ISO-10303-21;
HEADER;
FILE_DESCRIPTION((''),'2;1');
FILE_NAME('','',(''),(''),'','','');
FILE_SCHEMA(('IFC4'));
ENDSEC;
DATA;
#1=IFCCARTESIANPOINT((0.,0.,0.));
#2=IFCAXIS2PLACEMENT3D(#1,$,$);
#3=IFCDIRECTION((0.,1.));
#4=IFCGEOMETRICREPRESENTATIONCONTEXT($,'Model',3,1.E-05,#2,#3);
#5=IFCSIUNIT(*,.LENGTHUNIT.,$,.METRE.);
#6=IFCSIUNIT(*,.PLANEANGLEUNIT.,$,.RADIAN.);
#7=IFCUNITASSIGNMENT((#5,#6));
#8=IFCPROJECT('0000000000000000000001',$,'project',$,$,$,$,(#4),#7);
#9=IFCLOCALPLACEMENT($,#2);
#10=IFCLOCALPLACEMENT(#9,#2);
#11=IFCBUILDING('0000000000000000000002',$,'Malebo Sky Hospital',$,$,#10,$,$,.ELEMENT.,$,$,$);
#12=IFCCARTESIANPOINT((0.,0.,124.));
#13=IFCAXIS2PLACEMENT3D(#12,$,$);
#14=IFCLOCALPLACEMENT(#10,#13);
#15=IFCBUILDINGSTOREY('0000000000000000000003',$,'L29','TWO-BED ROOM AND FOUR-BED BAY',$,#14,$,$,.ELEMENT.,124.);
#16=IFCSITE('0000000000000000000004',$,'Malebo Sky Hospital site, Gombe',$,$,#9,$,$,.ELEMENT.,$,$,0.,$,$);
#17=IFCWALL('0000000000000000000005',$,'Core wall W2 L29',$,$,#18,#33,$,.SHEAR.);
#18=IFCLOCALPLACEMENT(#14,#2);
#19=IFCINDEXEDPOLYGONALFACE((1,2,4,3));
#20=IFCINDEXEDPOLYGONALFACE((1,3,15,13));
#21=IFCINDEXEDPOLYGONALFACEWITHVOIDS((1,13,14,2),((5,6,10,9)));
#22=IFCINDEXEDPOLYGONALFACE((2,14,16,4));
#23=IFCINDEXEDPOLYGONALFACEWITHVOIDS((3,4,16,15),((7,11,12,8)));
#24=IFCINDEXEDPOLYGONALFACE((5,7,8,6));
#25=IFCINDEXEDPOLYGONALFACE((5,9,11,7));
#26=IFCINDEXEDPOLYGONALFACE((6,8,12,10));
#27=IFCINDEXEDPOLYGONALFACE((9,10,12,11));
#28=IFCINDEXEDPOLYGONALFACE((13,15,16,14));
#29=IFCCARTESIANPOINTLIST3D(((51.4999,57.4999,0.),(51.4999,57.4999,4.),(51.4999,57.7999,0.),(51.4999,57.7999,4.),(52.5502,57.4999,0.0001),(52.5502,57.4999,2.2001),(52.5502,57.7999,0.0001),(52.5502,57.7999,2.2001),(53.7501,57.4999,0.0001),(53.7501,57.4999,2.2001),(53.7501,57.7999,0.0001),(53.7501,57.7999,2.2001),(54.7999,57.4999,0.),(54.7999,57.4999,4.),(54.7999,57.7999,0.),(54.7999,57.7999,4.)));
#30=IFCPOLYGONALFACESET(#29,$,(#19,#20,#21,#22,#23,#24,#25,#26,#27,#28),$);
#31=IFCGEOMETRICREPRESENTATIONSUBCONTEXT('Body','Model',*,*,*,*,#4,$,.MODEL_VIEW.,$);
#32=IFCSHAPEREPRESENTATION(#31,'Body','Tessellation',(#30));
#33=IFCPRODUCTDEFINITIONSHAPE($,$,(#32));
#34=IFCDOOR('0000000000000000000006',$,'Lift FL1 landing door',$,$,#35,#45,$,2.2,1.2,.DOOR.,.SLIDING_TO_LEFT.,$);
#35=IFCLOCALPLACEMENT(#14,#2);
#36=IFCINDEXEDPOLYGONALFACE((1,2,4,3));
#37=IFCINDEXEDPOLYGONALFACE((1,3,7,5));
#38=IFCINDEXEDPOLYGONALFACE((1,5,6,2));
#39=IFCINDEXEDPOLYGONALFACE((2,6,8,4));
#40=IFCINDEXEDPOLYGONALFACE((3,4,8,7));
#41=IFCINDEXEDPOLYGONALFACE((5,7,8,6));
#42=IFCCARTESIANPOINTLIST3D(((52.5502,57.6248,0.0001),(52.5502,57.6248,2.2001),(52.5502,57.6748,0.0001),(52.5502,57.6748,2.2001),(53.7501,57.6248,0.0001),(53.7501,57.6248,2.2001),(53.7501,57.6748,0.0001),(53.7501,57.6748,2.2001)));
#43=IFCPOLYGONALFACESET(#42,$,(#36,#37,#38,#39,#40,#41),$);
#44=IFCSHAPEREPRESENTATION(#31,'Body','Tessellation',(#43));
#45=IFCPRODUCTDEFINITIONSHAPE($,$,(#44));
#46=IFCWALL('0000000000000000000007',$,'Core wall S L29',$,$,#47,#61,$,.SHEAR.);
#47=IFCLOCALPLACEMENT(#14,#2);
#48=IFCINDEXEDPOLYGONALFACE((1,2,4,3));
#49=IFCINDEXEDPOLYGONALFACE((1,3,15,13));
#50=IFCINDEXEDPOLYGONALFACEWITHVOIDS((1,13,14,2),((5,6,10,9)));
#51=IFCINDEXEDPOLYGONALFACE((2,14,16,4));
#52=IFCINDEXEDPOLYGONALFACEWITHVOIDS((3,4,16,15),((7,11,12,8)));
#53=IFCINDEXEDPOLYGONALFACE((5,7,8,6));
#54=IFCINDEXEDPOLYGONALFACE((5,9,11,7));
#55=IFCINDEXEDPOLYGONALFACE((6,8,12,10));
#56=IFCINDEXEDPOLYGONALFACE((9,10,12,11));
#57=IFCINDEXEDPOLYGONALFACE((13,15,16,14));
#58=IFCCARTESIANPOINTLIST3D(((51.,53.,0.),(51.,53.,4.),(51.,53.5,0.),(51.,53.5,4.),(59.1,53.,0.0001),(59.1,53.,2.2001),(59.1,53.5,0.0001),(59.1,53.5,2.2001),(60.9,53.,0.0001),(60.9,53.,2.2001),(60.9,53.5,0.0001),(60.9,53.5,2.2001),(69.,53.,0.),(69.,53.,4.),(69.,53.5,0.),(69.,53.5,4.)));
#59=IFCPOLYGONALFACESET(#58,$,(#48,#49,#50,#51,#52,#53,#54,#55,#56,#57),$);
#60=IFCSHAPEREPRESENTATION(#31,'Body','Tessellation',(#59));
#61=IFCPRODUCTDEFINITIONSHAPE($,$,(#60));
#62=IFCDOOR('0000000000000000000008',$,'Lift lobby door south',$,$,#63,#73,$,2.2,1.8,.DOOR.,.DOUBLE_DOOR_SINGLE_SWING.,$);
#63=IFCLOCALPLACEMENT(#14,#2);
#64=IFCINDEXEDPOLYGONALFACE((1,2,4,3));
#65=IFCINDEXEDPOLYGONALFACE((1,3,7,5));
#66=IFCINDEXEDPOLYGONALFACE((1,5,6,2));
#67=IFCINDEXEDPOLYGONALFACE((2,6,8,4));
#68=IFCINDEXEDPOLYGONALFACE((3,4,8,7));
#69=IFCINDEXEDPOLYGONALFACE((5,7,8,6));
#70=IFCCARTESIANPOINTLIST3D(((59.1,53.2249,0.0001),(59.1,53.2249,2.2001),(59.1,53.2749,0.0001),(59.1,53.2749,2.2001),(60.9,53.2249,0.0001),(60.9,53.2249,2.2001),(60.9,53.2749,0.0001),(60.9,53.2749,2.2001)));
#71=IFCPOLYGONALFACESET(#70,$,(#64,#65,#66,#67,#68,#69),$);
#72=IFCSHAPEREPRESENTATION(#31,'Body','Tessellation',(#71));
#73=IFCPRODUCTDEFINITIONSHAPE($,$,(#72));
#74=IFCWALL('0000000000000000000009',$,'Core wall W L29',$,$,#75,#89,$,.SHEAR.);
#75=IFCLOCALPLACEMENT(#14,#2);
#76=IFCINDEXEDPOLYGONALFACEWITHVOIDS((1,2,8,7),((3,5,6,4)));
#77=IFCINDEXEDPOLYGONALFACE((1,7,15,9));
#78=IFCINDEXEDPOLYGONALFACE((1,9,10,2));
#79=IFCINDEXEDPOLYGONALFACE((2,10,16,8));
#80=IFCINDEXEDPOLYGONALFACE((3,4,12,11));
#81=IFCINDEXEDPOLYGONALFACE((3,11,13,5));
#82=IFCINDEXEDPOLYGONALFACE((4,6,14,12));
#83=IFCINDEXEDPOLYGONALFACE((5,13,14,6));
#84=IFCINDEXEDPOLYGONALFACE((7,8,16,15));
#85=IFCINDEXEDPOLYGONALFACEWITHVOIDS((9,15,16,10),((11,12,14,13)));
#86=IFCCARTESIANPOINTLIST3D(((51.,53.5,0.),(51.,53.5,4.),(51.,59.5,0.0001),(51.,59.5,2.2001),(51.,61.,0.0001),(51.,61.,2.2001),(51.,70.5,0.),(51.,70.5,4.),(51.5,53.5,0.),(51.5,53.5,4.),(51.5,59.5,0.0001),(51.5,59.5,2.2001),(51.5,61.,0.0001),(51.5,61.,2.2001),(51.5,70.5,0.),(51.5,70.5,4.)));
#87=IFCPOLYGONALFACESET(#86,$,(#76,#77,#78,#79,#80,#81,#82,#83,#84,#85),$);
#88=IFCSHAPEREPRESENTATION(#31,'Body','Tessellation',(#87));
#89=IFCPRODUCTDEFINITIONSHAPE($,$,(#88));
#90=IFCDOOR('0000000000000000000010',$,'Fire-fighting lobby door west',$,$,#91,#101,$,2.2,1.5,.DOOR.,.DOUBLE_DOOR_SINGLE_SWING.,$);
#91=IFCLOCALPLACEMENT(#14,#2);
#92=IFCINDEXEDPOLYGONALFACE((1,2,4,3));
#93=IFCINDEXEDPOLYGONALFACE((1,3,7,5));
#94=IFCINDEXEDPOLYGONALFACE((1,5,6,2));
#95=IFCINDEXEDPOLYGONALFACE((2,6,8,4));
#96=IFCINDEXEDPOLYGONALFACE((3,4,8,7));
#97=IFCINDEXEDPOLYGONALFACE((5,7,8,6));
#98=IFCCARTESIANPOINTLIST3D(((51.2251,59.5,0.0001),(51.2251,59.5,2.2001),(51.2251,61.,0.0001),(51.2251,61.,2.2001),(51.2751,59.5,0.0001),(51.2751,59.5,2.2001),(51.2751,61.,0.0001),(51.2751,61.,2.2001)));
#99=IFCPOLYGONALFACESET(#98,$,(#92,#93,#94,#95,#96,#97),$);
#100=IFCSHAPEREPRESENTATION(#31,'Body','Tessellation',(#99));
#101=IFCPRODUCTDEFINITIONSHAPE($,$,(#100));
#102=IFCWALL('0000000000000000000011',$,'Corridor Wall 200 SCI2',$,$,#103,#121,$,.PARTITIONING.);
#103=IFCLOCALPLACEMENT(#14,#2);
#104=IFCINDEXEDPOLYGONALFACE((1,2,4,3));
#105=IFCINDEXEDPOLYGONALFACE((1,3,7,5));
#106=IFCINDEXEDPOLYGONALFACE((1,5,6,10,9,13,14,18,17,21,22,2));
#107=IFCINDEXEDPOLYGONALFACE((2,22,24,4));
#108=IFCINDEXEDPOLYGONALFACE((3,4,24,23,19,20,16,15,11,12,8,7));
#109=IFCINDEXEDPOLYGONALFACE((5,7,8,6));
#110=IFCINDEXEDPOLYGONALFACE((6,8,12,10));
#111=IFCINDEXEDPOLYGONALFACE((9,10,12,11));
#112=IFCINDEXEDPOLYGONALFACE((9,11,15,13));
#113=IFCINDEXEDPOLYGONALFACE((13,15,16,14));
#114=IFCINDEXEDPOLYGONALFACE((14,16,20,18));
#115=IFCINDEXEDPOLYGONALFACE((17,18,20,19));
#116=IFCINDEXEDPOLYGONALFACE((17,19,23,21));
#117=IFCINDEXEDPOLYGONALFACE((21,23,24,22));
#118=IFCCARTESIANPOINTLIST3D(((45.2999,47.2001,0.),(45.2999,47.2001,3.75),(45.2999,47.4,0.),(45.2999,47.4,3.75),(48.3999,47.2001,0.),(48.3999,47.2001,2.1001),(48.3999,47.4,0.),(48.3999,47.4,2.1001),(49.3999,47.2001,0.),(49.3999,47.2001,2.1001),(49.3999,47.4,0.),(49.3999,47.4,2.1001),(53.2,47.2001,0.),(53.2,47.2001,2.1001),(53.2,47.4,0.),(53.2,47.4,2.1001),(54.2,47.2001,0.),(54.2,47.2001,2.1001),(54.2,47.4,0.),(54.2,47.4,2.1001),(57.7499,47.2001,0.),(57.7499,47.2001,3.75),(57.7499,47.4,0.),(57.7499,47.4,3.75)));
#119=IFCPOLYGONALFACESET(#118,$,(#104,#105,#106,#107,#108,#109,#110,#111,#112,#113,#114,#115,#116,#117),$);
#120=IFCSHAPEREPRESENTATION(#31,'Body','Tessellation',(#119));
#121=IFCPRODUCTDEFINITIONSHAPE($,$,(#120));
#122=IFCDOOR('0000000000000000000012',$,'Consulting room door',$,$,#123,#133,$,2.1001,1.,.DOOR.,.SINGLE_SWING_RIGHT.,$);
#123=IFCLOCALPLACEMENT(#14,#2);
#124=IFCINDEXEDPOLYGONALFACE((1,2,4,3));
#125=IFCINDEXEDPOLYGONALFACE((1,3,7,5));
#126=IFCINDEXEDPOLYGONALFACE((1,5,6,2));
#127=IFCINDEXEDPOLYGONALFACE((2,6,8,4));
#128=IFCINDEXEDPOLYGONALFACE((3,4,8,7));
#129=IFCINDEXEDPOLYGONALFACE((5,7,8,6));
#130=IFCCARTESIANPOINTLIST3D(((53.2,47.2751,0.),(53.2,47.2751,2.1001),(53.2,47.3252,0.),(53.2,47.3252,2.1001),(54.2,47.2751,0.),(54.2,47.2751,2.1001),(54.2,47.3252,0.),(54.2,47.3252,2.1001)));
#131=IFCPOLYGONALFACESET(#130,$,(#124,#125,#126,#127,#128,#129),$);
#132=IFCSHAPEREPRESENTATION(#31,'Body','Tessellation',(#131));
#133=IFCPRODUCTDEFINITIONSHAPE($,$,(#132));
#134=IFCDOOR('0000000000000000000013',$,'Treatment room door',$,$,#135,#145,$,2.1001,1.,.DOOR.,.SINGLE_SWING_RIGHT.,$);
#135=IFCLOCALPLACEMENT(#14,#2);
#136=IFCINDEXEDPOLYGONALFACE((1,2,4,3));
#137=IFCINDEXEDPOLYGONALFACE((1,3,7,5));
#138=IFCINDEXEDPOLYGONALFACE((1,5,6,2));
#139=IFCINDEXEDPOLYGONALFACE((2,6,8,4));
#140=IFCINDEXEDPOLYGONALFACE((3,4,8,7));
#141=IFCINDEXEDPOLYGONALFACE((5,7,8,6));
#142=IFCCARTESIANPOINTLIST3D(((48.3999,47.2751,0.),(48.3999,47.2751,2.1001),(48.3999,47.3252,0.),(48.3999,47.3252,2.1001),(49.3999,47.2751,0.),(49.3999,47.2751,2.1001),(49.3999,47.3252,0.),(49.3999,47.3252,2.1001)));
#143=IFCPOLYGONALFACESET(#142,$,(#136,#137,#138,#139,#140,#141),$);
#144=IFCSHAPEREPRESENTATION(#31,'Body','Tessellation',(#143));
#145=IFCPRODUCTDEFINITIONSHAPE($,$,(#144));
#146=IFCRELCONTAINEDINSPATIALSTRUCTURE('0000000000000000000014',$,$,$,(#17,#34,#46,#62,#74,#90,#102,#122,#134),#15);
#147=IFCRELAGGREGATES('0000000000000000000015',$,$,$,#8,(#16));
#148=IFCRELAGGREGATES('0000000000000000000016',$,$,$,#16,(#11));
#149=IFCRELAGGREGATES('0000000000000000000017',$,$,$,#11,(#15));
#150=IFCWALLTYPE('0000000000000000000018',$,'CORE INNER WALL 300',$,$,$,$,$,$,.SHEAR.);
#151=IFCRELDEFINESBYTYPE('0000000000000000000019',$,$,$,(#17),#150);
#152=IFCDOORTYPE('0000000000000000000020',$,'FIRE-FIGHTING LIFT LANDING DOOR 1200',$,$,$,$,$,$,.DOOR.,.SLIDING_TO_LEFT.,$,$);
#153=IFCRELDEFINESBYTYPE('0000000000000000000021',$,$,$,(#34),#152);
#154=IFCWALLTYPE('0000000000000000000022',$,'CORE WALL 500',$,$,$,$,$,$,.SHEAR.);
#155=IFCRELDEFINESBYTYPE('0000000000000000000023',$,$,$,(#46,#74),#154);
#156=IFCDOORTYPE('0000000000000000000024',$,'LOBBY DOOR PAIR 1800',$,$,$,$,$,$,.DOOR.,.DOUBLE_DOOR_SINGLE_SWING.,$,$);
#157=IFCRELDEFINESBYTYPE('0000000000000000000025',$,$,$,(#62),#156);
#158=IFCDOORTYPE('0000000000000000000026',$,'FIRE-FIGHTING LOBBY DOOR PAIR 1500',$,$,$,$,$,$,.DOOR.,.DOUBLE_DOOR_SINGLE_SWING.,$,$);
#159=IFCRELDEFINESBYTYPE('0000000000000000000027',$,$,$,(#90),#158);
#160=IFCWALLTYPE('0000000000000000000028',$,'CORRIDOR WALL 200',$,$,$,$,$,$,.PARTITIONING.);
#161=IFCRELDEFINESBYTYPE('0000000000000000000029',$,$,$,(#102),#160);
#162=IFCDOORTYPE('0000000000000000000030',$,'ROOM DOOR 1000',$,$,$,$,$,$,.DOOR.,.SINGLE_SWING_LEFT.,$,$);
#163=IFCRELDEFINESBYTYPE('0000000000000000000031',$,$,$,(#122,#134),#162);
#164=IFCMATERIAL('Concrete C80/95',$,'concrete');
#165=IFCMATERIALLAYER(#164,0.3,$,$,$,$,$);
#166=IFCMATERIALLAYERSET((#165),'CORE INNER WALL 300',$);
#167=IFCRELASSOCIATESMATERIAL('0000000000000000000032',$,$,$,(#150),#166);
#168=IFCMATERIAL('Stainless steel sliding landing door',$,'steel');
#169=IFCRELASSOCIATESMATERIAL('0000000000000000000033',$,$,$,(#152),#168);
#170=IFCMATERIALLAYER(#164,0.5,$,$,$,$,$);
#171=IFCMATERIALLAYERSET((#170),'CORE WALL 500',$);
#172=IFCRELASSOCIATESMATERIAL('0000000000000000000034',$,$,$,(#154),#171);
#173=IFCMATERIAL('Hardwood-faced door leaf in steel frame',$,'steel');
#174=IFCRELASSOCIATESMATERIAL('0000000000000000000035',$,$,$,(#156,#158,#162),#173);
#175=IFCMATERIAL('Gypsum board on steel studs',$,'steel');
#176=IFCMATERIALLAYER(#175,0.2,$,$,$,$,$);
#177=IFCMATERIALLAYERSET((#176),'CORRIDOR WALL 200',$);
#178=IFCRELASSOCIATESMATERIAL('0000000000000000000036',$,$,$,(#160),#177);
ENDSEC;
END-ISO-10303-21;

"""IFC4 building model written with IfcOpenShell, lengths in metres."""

from ifc_helpers import new_model, si_unit, direction, frame, frame_2d, origin, place, context, subcontext, project, spatial, rectangle, extrude, material, layer, layer_set, type_object, element, fill, save


model = new_model("IFC4")

# Units and contexts
model_context = context("Model", 3, precision=1e-05, world=origin(), true_north=direction((0.0, 1.0)))
body_context = subcontext(model_context, "Body", "Model", "MODEL_VIEW")
ifc_project = project(units=[si_unit("LENGTHUNIT", "METRE"), si_unit("PLANEANGLEUNIT", "RADIAN")], contexts=[model_context])

# Site, building, storey
site_placement = place(None, origin())
site = spatial("IfcSite", under=ifc_project, at=site_placement, Name="Malebo Sky Hospital site, Gombe", CompositionType="ELEMENT", RefElevation=0.0)
building_placement = place(site_placement, origin())
building = spatial("IfcBuilding", under=site, at=building_placement, Name="Malebo Sky Hospital", CompositionType="ELEMENT")
storey_placement = place(building_placement, frame((0.0, 0.0, 124.0)))
storey = spatial("IfcBuildingStorey", under=building, at=storey_placement, Name="L29", Description="TWO-BED ROOM AND FOUR-BED BAY", CompositionType="ELEMENT", Elevation=124.0)

# Shared definitions
ifc_material_1 = material(Name="Concrete C80/95", Category="concrete")
ifc_material_2 = material(Name="Stainless steel sliding landing door", Category="steel")

# Shared definitions
ifc_layer_1 = layer(ifc_material_1, 0.3)
ifc_layer_set_1 = layer_set([ifc_layer_1], Name="CORE INNER WALL 300")
wall_type_1 = type_object("IfcWallType", Name="CORE INNER WALL 300", PredefinedType="SHEAR", material=ifc_layer_set_1)

# Walls, openings, doors
wall_1_placement = place(storey_placement, frame((51.5, 57.6499, 0.0), z_axis=(0.0, 0.0, 1.0), x_axis=(1.0, 0.0, 0.0)))
wall_1 = element("IfcWall", 1, at=wall_1_placement, inside=storey, type_object=wall_type_1, Name="Core wall W2 L29", PredefinedType="SHEAR", context=body_context, shape_type="SweptSolid", body=[
    extrude(rectangle(XDim=3.3, YDim=0.3, at=frame_2d((1.6499, 0.0))), origin(), (0.0, 0.0, 1.0), 4.0),
])
opening_1_placement = place(wall_1_placement, frame((1.05, 0.0, 0.0)))
opening_1 = element("IfcOpeningElement", 2, at=opening_1_placement, cuts=wall_1, PredefinedType="OPENING", context=body_context, shape_type="SweptSolid", body=[
    extrude(rectangle(XDim=1.2, YDim=2.2, at=frame_2d((0.6001, 1.1001))), frame((0.0, 0.1599, 0.0), z_axis=(0.0, -1.0, 0.0), x_axis=(1.0, 0.0, 0.0)), (0.0, 0.0, 1.0), 0.3201),
])
door_type_1 = type_object("IfcDoorType", Name="FIRE-FIGHTING LIFT LANDING DOOR 1200", OperationType="SLIDING_TO_LEFT", PredefinedType="DOOR", material=ifc_material_2)
door_1_placement = place(opening_1_placement, origin())
door_1 = element("IfcDoor", 3, at=door_1_placement, inside=storey, type_object=door_type_1, Name="Lift FL1 landing door", OperationType="SLIDING_TO_LEFT", OverallHeight=2.2, OverallWidth=1.2, PredefinedType="DOOR", context=body_context, shape_type="SweptSolid", body=[
    extrude(rectangle(XDim=1.2, YDim=2.2, at=frame_2d((0.6001, 1.1001))), frame((0.0, 0.0249, 0.0), z_axis=(0.0, -1.0, 0.0), x_axis=(1.0, 0.0, 0.0)), (0.0, 0.0, 1.0), 0.05),
])
fill(opening_1, door_1)
ifc_layer_2 = layer(ifc_material_1, 0.5)
ifc_layer_set_2 = layer_set([ifc_layer_2], Name="CORE WALL 500")
wall_type_2 = type_object("IfcWallType", Name="CORE WALL 500", PredefinedType="SHEAR", material=ifc_layer_set_2)
wall_2_placement = place(storey_placement, frame((51.0, 53.25, 0.0), z_axis=(0.0, 0.0, 1.0), x_axis=(1.0, 0.0, 0.0)))
wall_2 = element("IfcWall", 4, at=wall_2_placement, inside=storey, type_object=wall_type_2, Name="Core wall S L29", PredefinedType="SHEAR", context=body_context, shape_type="SweptSolid", body=[
    extrude(rectangle(XDim=18.0, YDim=0.5, at=frame_2d((9.0, 0.0))), origin(), (0.0, 0.0, 1.0), 4.0),
])
opening_2_placement = place(wall_2_placement, frame((8.1001, 0.0, 0.0)))
opening_2 = element("IfcOpeningElement", 5, at=opening_2_placement, cuts=wall_2, PredefinedType="OPENING", context=body_context, shape_type="SweptSolid", body=[
    extrude(rectangle(XDim=1.8, YDim=2.2, at=frame_2d((0.8999, 1.1001))), frame((0.0, 0.26, 0.0), z_axis=(0.0, -1.0, 0.0), x_axis=(1.0, 0.0, 0.0)), (0.0, 0.0, 1.0), 0.52),
])
ifc_material_3 = material(Name="Hardwood-faced door leaf in steel frame", Category="steel")
door_type_2 = type_object("IfcDoorType", Name="LOBBY DOOR PAIR 1800", OperationType="DOUBLE_DOOR_SINGLE_SWING", PredefinedType="DOOR", material=ifc_material_3)
door_2_placement = place(opening_2_placement, origin())
door_2 = element("IfcDoor", 6, at=door_2_placement, inside=storey, type_object=door_type_2, Name="Lift lobby door south", OperationType="DOUBLE_DOOR_SINGLE_SWING", OverallHeight=2.2, OverallWidth=1.8, PredefinedType="DOOR", context=body_context, shape_type="SweptSolid", body=[
    extrude(rectangle(XDim=1.8, YDim=2.2, at=frame_2d((0.8999, 1.1001))), frame((0.0, 0.0249, 0.0), z_axis=(0.0, -1.0, 0.0), x_axis=(1.0, 0.0, 0.0)), (0.0, 0.0, 1.0), 0.05),
])
fill(opening_2, door_2)
wall_3_placement = place(storey_placement, frame((51.25, 53.5, 0.0), z_axis=(0.0, 0.0, 1.0), x_axis=(0.0, 1.0, 0.0)))
wall_3 = element("IfcWall", 7, at=wall_3_placement, inside=storey, type_object=wall_type_2, Name="Core wall W L29", PredefinedType="SHEAR", context=body_context, shape_type="SweptSolid", body=[
    extrude(rectangle(XDim=17.0, YDim=0.5, at=frame_2d((8.5, 0.0))), origin(), (0.0, 0.0, 1.0), 4.0),
])
opening_3_placement = place(wall_3_placement, frame((6.0, 0.0, 0.0)))
opening_3 = element("IfcOpeningElement", 8, at=opening_3_placement, cuts=wall_3, PredefinedType="OPENING", context=body_context, shape_type="SweptSolid", body=[
    extrude(rectangle(XDim=1.5, YDim=2.2, at=frame_2d((0.75, 1.1001))), frame((0.0, 0.26, 0.0), z_axis=(0.0, -1.0, 0.0), x_axis=(1.0, 0.0, 0.0)), (0.0, 0.0, 1.0), 0.52),
])
door_type_3 = type_object("IfcDoorType", Name="FIRE-FIGHTING LOBBY DOOR PAIR 1500", OperationType="DOUBLE_DOOR_SINGLE_SWING", PredefinedType="DOOR", material=ifc_material_3)
door_3_placement = place(opening_3_placement, origin())
door_3 = element("IfcDoor", 9, at=door_3_placement, inside=storey, type_object=door_type_3, Name="Fire-fighting lobby door west", OperationType="DOUBLE_DOOR_SINGLE_SWING", OverallHeight=2.2, OverallWidth=1.5, PredefinedType="DOOR", context=body_context, shape_type="SweptSolid", body=[
    extrude(rectangle(XDim=1.5, YDim=2.2, at=frame_2d((0.75, 1.1001))), frame((0.0, 0.0249, 0.0), z_axis=(0.0, -1.0, 0.0), x_axis=(1.0, 0.0, 0.0)), (0.0, 0.0, 1.0), 0.05),
])
fill(opening_3, door_3)

# Wall, openings, doors
ifc_material_4 = material(Name="Gypsum board on steel studs", Category="steel")
ifc_layer_3 = layer(ifc_material_4, 0.2)
ifc_layer_set_3 = layer_set([ifc_layer_3], Name="CORRIDOR WALL 200")
wall_type_3 = type_object("IfcWallType", Name="CORRIDOR WALL 200", PredefinedType="PARTITIONING", material=ifc_layer_set_3)
wall_4_placement = place(storey_placement, frame((57.75, 47.3, 0.0), z_axis=(0.0, 0.0, 1.0), x_axis=(-1.0, 0.0, 0.0)))
wall_4 = element("IfcWall", 10, at=wall_4_placement, inside=storey, type_object=wall_type_3, Name="Corridor Wall 200 SCI2", PredefinedType="PARTITIONING", context=body_context, shape_type="SweptSolid", body=[
    extrude(rectangle(XDim=12.45, YDim=0.2, at=frame_2d((6.2251, 0.0))), origin(), (0.0, 0.0, 1.0), 3.75),
])
opening_4_placement = place(wall_4_placement, frame((3.55, 0.0, 0.0)))
opening_4 = element("IfcOpeningElement", 11, at=opening_4_placement, cuts=wall_4, PredefinedType="OPENING", context=body_context, shape_type="SweptSolid", body=[
    extrude(rectangle(XDim=1.0, YDim=2.1001, at=frame_2d((0.5, 1.05))), frame((0.0, 0.1099, 0.0), z_axis=(0.0, -1.0, 0.0), x_axis=(1.0, 0.0, 0.0)), (0.0, 0.0, 1.0), 0.22),
])
opening_5_placement = place(wall_4_placement, frame((8.3501, 0.0, 0.0)))
opening_5 = element("IfcOpeningElement", 12, at=opening_5_placement, cuts=wall_4, PredefinedType="OPENING", context=body_context, shape_type="SweptSolid", body=[
    extrude(rectangle(XDim=1.0, YDim=2.1001, at=frame_2d((0.5, 1.05))), frame((0.0, 0.1099, 0.0), z_axis=(0.0, -1.0, 0.0), x_axis=(1.0, 0.0, 0.0)), (0.0, 0.0, 1.0), 0.22),
])
door_type_4 = type_object("IfcDoorType", Name="ROOM DOOR 1000", OperationType="SINGLE_SWING_LEFT", PredefinedType="DOOR", material=ifc_material_3)
door_4_placement = place(opening_4_placement, origin())
door_4 = element("IfcDoor", 13, at=door_4_placement, inside=storey, type_object=door_type_4, Name="Consulting room door", OperationType="SINGLE_SWING_RIGHT", OverallHeight=2.1001, OverallWidth=1.0, PredefinedType="DOOR", context=body_context, shape_type="SweptSolid", body=[
    extrude(rectangle(XDim=1.0, YDim=2.1001, at=frame_2d((0.5, 1.05))), frame((0.0, 0.0249, 0.0), z_axis=(0.0, -1.0, 0.0), x_axis=(1.0, 0.0, 0.0)), (0.0, 0.0, 1.0), 0.05),
])
fill(opening_4, door_4)
door_5_placement = place(opening_5_placement, origin())
door_5 = element("IfcDoor", 14, at=door_5_placement, inside=storey, type_object=door_type_4, Name="Treatment room door", OperationType="SINGLE_SWING_RIGHT", OverallHeight=2.1001, OverallWidth=1.0, PredefinedType="DOOR", context=body_context, shape_type="SweptSolid", body=[
    extrude(rectangle(XDim=1.0, YDim=2.1001, at=frame_2d((0.5, 1.05))), frame((0.0, 0.0249, 0.0), z_axis=(0.0, -1.0, 0.0), x_axis=(1.0, 0.0, 0.0)), (0.0, 0.0, 1.0), 0.05),
])
fill(opening_5, door_5)

save(model, "model.ifc")
